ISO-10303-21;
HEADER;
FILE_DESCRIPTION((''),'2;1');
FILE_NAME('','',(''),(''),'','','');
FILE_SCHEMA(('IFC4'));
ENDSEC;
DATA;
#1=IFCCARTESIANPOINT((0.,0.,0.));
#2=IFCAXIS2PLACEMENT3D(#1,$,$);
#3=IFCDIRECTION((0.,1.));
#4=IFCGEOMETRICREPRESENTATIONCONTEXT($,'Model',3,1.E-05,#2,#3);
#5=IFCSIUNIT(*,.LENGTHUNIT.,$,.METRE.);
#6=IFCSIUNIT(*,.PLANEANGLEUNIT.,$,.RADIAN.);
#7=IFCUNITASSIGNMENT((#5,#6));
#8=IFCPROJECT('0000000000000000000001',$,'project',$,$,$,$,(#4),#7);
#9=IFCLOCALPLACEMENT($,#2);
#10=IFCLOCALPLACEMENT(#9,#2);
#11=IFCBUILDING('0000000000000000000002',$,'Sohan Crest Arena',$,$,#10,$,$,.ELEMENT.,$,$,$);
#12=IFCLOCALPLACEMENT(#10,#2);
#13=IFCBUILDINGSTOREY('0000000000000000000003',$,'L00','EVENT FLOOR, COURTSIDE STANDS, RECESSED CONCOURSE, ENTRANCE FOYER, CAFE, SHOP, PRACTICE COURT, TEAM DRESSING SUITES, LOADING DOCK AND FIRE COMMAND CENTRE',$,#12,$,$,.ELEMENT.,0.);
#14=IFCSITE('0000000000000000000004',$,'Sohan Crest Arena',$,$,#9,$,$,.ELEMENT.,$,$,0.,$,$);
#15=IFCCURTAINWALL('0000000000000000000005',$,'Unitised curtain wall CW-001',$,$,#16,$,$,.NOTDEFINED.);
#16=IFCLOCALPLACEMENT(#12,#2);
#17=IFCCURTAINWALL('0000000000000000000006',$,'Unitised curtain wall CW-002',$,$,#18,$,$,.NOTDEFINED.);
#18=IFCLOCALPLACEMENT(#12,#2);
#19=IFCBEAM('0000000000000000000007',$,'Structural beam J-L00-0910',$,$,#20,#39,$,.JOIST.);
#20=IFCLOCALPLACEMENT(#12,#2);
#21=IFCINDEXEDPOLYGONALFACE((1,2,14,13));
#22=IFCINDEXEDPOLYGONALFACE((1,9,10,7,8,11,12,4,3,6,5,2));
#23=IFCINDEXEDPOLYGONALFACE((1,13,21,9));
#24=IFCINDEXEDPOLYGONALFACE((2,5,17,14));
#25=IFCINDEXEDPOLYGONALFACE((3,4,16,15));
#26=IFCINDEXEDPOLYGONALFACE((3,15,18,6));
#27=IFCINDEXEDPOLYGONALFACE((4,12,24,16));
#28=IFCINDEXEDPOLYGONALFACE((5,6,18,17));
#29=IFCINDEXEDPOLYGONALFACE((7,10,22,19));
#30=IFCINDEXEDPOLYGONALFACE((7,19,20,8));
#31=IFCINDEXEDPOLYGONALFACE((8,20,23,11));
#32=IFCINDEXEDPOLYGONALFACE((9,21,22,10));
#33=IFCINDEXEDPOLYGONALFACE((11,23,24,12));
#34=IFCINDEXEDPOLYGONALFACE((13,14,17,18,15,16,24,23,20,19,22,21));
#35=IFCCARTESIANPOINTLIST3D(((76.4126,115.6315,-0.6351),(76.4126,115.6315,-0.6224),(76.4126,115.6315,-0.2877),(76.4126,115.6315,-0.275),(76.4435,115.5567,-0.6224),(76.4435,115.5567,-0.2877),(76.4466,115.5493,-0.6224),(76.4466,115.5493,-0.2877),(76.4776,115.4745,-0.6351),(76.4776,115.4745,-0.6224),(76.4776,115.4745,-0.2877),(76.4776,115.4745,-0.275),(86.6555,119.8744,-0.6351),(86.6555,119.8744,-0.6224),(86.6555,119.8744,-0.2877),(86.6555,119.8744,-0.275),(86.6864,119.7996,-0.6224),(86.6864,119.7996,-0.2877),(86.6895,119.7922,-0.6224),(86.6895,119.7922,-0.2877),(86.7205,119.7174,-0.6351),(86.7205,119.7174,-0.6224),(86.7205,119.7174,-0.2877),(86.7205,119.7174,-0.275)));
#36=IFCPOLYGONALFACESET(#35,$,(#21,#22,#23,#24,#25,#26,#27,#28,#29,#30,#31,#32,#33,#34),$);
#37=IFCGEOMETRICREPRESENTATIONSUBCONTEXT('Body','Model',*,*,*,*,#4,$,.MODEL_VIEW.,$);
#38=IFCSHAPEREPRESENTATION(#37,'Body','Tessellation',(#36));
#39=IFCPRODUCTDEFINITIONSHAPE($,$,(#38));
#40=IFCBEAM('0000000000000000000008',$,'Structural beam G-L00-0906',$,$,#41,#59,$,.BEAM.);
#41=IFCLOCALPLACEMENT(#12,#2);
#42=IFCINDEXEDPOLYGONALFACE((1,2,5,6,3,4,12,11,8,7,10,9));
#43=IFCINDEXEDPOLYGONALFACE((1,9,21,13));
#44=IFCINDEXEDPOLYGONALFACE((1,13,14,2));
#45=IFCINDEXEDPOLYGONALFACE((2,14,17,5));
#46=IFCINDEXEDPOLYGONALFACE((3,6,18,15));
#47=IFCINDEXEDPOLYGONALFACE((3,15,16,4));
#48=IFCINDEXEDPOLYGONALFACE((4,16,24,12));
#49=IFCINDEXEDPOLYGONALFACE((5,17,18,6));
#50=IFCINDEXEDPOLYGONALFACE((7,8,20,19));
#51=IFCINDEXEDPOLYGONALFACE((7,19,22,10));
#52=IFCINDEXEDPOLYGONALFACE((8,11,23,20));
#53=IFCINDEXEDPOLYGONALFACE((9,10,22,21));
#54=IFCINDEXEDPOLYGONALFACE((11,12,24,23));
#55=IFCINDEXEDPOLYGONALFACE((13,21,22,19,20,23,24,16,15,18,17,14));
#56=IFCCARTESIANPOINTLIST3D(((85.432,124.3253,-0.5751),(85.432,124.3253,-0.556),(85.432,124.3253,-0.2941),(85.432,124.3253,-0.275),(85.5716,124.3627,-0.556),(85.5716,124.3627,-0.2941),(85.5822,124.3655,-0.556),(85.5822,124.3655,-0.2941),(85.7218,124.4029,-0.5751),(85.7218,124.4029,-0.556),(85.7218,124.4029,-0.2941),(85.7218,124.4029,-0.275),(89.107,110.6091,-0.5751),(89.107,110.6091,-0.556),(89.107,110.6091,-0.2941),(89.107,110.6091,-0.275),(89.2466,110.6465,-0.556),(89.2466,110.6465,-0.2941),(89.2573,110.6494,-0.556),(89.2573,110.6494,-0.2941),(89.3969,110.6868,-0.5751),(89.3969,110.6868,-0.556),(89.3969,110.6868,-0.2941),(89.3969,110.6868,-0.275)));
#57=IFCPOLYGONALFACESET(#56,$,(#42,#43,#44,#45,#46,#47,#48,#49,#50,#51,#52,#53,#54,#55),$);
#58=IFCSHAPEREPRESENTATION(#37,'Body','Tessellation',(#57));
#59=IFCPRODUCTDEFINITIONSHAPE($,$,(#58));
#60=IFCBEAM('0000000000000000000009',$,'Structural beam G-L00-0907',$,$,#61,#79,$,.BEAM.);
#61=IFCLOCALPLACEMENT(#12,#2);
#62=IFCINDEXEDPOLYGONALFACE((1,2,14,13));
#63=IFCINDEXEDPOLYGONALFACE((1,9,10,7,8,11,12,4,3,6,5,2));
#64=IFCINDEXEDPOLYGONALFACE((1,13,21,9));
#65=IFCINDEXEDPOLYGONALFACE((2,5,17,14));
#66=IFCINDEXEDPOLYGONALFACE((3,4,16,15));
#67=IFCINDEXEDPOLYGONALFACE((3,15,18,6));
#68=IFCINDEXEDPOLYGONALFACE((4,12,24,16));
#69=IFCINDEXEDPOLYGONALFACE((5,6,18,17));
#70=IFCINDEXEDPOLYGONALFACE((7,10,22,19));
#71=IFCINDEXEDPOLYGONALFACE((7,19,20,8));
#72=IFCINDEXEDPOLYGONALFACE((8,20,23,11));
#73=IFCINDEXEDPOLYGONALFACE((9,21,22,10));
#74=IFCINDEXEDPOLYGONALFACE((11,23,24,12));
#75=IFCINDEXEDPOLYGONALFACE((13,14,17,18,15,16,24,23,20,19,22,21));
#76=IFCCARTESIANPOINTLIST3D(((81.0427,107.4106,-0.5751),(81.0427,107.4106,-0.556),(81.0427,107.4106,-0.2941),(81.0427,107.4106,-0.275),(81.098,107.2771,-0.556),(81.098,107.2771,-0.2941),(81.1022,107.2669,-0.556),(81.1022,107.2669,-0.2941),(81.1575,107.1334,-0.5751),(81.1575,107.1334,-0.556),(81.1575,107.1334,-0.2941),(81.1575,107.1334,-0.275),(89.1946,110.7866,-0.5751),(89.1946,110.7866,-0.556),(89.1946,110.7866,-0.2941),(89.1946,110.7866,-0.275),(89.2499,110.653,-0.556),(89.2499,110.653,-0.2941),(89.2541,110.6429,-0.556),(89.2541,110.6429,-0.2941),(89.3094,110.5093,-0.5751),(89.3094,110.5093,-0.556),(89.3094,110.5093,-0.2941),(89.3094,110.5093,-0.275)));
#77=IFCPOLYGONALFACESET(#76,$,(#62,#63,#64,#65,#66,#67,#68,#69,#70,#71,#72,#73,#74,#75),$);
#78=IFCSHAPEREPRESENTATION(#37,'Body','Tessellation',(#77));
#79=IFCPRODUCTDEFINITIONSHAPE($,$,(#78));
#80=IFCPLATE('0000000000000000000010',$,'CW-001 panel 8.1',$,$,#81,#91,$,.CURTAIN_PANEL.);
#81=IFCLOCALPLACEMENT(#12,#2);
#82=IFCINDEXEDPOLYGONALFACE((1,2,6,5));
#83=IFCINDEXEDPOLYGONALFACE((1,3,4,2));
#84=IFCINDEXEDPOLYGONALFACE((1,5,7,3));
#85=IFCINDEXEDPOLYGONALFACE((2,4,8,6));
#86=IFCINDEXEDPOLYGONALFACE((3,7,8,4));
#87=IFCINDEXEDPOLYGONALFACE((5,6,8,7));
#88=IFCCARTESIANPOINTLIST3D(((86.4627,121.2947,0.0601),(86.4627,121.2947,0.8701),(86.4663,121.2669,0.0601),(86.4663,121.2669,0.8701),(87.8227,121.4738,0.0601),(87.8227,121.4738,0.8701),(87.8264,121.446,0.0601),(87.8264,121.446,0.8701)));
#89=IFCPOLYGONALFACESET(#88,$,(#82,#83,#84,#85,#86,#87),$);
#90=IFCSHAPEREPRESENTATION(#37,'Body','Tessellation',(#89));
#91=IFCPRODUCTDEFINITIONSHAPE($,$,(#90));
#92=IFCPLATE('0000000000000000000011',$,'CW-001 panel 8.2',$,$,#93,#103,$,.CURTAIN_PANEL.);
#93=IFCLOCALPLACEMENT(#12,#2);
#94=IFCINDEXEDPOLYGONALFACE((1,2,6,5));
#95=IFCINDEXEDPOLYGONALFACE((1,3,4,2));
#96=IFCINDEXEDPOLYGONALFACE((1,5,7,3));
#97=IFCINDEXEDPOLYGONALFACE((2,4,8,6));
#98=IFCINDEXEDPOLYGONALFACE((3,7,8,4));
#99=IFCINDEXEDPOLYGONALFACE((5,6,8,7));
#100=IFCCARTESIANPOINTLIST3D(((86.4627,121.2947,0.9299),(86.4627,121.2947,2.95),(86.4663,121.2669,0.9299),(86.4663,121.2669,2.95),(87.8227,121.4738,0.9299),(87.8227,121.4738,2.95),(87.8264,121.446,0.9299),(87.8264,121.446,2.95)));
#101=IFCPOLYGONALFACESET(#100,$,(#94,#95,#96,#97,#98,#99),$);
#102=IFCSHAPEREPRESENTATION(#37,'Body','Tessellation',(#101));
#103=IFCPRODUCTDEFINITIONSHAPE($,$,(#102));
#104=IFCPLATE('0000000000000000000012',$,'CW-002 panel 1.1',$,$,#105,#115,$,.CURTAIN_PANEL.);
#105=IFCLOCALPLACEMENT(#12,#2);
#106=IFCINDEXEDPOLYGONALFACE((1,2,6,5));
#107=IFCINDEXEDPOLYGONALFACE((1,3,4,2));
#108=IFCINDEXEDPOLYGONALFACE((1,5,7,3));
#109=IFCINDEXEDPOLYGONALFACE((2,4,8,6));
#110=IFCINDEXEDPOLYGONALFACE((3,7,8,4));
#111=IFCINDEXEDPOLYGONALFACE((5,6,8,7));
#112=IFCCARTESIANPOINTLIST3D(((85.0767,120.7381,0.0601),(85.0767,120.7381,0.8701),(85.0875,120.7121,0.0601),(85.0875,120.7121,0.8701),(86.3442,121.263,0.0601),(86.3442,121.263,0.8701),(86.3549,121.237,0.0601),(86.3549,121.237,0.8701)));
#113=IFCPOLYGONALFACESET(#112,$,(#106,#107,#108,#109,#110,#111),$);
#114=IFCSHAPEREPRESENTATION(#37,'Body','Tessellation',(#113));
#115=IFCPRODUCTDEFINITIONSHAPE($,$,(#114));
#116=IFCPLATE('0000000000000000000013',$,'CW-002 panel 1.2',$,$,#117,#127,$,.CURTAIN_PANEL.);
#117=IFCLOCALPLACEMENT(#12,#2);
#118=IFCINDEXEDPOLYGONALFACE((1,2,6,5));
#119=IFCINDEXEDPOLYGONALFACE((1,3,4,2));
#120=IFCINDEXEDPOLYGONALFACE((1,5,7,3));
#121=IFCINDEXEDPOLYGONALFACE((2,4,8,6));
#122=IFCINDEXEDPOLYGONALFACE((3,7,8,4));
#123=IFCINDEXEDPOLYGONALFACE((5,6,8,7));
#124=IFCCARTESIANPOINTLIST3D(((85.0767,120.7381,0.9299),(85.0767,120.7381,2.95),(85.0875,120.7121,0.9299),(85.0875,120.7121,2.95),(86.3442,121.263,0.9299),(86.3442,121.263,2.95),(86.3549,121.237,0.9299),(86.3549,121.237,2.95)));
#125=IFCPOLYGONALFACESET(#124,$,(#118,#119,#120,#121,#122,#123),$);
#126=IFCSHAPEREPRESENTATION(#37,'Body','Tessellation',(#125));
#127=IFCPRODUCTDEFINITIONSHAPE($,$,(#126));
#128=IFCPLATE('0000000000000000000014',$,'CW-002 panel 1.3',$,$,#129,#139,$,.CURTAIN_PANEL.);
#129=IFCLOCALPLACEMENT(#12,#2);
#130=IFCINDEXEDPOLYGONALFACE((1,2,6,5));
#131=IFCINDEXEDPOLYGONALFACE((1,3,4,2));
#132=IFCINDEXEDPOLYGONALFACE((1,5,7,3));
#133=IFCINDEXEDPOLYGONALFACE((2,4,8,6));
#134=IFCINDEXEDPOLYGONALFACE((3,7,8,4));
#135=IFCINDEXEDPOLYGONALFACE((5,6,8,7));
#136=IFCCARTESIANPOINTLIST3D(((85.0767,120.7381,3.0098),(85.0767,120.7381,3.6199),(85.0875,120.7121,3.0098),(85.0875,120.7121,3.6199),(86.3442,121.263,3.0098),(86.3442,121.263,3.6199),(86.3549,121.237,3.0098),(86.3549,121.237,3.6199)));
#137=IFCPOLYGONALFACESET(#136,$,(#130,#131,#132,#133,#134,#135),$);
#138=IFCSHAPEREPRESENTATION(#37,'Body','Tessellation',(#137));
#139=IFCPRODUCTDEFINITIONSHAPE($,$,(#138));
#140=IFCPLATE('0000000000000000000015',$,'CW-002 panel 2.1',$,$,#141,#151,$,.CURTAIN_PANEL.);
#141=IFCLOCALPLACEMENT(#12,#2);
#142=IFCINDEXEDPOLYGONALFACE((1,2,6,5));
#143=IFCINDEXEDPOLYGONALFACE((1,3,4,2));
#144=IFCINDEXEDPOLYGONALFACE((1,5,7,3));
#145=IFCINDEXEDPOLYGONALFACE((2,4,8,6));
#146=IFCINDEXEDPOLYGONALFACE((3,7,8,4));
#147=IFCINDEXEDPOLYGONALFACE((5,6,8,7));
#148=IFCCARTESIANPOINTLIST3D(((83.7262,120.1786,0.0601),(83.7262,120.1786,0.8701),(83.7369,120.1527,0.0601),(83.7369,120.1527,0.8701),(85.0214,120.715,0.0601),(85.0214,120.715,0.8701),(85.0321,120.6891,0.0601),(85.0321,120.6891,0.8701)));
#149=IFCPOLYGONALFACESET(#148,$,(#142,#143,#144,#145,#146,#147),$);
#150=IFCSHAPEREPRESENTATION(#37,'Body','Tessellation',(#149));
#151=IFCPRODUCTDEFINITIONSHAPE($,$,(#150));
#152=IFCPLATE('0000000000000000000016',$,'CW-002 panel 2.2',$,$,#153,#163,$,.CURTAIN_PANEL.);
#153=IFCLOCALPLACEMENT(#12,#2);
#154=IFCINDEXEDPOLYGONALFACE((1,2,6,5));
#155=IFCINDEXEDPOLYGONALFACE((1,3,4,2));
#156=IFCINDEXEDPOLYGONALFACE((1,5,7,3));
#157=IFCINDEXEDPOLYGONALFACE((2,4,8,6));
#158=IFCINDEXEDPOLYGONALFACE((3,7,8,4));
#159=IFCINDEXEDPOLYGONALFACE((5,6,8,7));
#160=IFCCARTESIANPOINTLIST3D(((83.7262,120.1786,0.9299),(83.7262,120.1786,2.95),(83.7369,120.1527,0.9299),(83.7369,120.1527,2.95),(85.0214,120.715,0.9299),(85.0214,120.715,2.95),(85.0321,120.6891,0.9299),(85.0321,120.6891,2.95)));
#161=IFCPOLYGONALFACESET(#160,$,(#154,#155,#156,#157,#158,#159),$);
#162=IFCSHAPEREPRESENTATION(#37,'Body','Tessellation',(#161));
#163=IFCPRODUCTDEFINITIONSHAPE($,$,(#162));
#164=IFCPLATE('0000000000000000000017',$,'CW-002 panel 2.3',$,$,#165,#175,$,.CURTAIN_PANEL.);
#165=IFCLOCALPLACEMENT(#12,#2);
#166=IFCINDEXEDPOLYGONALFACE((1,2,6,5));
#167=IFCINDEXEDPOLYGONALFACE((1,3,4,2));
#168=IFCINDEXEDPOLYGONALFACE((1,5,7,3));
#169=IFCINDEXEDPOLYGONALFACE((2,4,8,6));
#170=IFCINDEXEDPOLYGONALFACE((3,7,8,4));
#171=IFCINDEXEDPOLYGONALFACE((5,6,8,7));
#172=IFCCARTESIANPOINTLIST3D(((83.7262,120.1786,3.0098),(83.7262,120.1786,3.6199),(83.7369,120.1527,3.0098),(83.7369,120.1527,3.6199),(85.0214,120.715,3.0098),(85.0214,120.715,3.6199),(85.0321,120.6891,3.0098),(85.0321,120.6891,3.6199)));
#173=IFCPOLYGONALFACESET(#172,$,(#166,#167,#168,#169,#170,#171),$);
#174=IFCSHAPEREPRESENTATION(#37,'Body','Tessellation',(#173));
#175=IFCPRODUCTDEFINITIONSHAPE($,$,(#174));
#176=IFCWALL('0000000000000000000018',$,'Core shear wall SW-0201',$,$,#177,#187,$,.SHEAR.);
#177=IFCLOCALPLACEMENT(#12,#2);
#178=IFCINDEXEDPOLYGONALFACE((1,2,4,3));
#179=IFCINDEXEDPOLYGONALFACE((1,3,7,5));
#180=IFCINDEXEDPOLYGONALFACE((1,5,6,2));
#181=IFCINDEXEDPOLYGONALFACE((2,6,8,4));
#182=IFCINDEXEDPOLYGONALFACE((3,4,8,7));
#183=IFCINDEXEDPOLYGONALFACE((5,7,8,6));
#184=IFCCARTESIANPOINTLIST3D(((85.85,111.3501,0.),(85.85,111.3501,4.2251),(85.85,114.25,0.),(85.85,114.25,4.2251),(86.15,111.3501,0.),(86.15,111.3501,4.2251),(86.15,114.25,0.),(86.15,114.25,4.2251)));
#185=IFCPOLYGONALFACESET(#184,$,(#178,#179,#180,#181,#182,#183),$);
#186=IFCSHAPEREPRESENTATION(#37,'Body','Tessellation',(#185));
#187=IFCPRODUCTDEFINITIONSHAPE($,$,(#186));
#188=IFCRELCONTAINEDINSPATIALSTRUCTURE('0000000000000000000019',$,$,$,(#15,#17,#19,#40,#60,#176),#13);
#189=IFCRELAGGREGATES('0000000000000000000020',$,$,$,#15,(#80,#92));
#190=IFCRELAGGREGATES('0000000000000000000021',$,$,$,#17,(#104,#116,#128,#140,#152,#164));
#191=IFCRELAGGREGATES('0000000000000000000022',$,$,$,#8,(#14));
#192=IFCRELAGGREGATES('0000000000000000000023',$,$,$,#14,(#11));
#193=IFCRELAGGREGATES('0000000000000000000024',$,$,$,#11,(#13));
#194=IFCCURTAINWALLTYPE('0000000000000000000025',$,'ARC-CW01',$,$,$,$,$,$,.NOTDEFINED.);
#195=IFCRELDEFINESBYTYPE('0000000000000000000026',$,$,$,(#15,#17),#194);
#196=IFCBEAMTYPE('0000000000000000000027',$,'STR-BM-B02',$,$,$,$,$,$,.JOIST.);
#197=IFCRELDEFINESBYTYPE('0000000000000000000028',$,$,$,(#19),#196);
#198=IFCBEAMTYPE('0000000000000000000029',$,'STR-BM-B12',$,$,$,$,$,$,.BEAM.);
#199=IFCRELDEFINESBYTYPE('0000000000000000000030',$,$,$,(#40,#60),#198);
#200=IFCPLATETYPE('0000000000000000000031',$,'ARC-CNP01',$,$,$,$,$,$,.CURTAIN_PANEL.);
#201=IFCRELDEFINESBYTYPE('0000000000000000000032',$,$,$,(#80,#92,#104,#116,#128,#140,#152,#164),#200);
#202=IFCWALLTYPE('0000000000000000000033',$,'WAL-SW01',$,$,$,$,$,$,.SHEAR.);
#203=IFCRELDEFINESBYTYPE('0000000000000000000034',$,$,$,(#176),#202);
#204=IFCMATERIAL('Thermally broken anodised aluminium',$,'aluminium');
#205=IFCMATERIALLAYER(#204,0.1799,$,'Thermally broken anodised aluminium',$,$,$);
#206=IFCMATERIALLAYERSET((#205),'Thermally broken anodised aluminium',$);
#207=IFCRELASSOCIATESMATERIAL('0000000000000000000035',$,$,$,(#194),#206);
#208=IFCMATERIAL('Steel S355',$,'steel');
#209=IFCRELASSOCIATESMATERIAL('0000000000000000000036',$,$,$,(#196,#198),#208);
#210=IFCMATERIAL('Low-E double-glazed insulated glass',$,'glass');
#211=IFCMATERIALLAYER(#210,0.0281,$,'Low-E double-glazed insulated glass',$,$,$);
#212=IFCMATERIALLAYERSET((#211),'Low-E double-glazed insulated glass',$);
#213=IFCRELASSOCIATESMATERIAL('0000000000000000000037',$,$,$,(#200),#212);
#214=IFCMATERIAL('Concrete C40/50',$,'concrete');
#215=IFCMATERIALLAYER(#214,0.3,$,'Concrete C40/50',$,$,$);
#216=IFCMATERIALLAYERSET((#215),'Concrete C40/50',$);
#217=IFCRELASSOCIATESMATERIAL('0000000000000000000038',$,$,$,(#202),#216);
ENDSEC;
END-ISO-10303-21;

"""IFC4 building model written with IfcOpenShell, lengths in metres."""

from ifc_helpers import new_model, si_unit, direction, frame, frame_2d, origin, origin_2d, place, context, subcontext, project, spatial, rectangle, i_section, extrude, material, layer, layer_set, material_profile, profile_set, type_object, element, aggregate, save


model = new_model("IFC4")

# Units and contexts
model_context = context("Model", 3, precision=1e-05, world=origin(), true_north=direction((0.0, 1.0)))
body_context = subcontext(model_context, "Body", "Model", "MODEL_VIEW")
ifc_project = project(units=[si_unit("LENGTHUNIT", "METRE"), si_unit("PLANEANGLEUNIT", "RADIAN")], contexts=[model_context])

# Site, building, storey
site_placement = place(None, origin())
site = spatial("IfcSite", under=ifc_project, at=site_placement, Name="Sohan Crest Arena", CompositionType="ELEMENT", RefElevation=0.0)
building_placement = place(site_placement, origin())
building = spatial("IfcBuilding", under=site, at=building_placement, Name="Sohan Crest Arena", CompositionType="ELEMENT")
storey_placement = place(building_placement, origin())
storey = spatial("IfcBuildingStorey", under=building, at=storey_placement, Name="L00", Description="EVENT FLOOR, COURTSIDE STANDS, RECESSED CONCOURSE, ENTRANCE FOYER, CAFE, SHOP, PRACTICE COURT, TEAM DRESSING SUITES, LOADING DOCK AND FIRE COMMAND CENTRE", CompositionType="ELEMENT", Elevation=0.0)

# Shared definitions
ifc_material_1 = material(Name="Steel S355", Category="steel")

# Curtain wall
ifc_material_2 = material(Name="Thermally broken anodised aluminium", Category="aluminium")
ifc_layer_1 = layer(ifc_material_2, 0.1799, Name="Thermally broken anodised aluminium")
ifc_layer_set_1 = layer_set([ifc_layer_1], Name="Thermally broken anodised aluminium")
curtain_wall_type = type_object("IfcCurtainWallType", Name="ARC-CW01", PredefinedType="NOTDEFINED", material=ifc_layer_set_1)
curtain_wall_1_placement = place(storey_placement, origin())
curtain_wall_1 = element("IfcCurtainWall", 1, at=curtain_wall_1_placement, inside=storey, type_object=curtain_wall_type, Name="Unitised curtain wall CW-001", PredefinedType="NOTDEFINED")

# Curtain wall
curtain_wall_2_placement = place(storey_placement, origin())
curtain_wall_2 = element("IfcCurtainWall", 2, at=curtain_wall_2_placement, inside=storey, type_object=curtain_wall_type, Name="Unitised curtain wall CW-002", PredefinedType="NOTDEFINED")

# Beams
ifc_material_profile_1 = material_profile(ifc_material_1, i_section(OverallWidth=0.1699, OverallDepth=0.3601, WebThickness=0.0081, FlangeThickness=0.0127, at=origin_2d()), Name="IPE 360")
ifc_profile_set_1 = profile_set([ifc_material_profile_1], Name="Steel S355")
beam_type_1 = type_object("IfcBeamType", Name="STR-BM-B02", PredefinedType="JOIST", material=ifc_profile_set_1)
beam_1_placement = place(storey_placement, frame((86.688, 119.7959, -0.4551), z_axis=(-0.923874, -0.382696, 0.0), x_axis=(0.382696, -0.923874, 0.0)))
element("IfcBeam", 3, at=beam_1_placement, inside=storey, type_object=beam_type_1, Name="Structural beam J-L00-0910", PredefinedType="JOIST", context=body_context, shape_type="SweptSolid", body=[
    extrude(i_section(OverallWidth=0.1699, OverallDepth=0.3601, WebThickness=0.0081, FlangeThickness=0.0127, at=origin_2d()), origin(), (0.0, 0.0, 1.0), 11.0869),
])
ifc_material_profile_2 = material_profile(ifc_material_1, i_section(OverallWidth=0.3, OverallDepth=0.3, WebThickness=0.011, FlangeThickness=0.019, at=origin_2d()), Name="HEB 300")
ifc_profile_set_2 = profile_set([ifc_material_profile_2], Name="Steel S355")
beam_type_2 = type_object("IfcBeamType", Name="STR-BM-B12", PredefinedType="BEAM", material=ifc_profile_set_2)
beam_2_placement = place(storey_placement, frame((89.252, 110.6479, -0.425), z_axis=(-0.258809, 0.965929, 0.0), x_axis=(-0.965929, -0.258809, 0.0)))
element("IfcBeam", 4, at=beam_2_placement, inside=storey, type_object=beam_type_2, Name="Structural beam G-L00-0906", PredefinedType="BEAM", context=body_context, shape_type="SweptSolid", body=[
    extrude(i_section(OverallWidth=0.3, OverallDepth=0.3, WebThickness=0.011, FlangeThickness=0.019, at=origin_2d()), origin(), (0.0, 0.0, 1.0), 14.2),
])
beam_3_placement = place(storey_placement, frame((89.252, 110.6479, -0.425), z_axis=(-0.923905, -0.382622, 0.0), x_axis=(0.382622, -0.923905, 0.0)))
element("IfcBeam", 5, at=beam_3_placement, inside=storey, type_object=beam_type_2, Name="Structural beam G-L00-0907", PredefinedType="BEAM", context=body_context, shape_type="SweptSolid", body=[
    extrude(i_section(OverallWidth=0.3, OverallDepth=0.3, WebThickness=0.011, FlangeThickness=0.019, at=origin_2d()), origin(), (0.0, 0.0, 1.0), 8.8232),
])

# Plates
ifc_material_3 = material(Name="Low-E double-glazed insulated glass", Category="glass")
ifc_layer_2 = layer(ifc_material_3, 0.0281, Name="Low-E double-glazed insulated glass")
ifc_layer_set_2 = layer_set([ifc_layer_2], Name="Low-E double-glazed insulated glass")
plate_type = type_object("IfcPlateType", Name="ARC-CNP01", PredefinedType="CURTAIN_PANEL", material=ifc_layer_set_2)
plate_1_placement = place(storey_placement, frame((87.1445, 121.3704, 0.0601), z_axis=(0.0, 0.0, 1.0), x_axis=(-0.991439, -0.130567, 0.0)))
plate_1 = element("IfcPlate", 6, at=plate_1_placement, type_object=plate_type, Name="CW-001 panel 8.1", PredefinedType="CURTAIN_PANEL", context=body_context, shape_type="SweptSolid", body=[
    extrude(rectangle(XDim=1.3718, YDim=0.0281, at=origin_2d()), origin(), (0.0, 0.0, 1.0), 0.8101),
])
plate_2_placement = place(storey_placement, frame((87.1445, 121.3704, 0.9299), z_axis=(0.0, 0.0, 1.0), x_axis=(-0.991439, -0.130567, 0.0)))
plate_2 = element("IfcPlate", 7, at=plate_2_placement, type_object=plate_type, Name="CW-001 panel 8.2", PredefinedType="CURTAIN_PANEL", context=body_context, shape_type="SweptSolid", body=[
    extrude(rectangle(XDim=1.3718, YDim=0.0281, at=origin_2d()), origin(), (0.0, 0.0, 1.0), 2.02),
])
aggregate(curtain_wall_1, [plate_1, plate_2])
plate_3_placement = place(storey_placement, frame((85.7158, 120.9875, 0.0601), z_axis=(0.0, 0.0, 1.0), x_axis=(-0.923897, -0.382641, 0.0)))
plate_3 = element("IfcPlate", 8, at=plate_3_placement, type_object=plate_type, Name="CW-002 panel 1.1", PredefinedType="CURTAIN_PANEL", context=body_context, shape_type="SweptSolid", body=[
    extrude(rectangle(XDim=1.3718, YDim=0.0281, at=origin_2d()), origin(), (0.0, 0.0, 1.0), 0.8101),
])
plate_4_placement = place(storey_placement, frame((85.7158, 120.9875, 0.9299), z_axis=(0.0, 0.0, 1.0), x_axis=(-0.923897, -0.382641, 0.0)))
plate_4 = element("IfcPlate", 9, at=plate_4_placement, type_object=plate_type, Name="CW-002 panel 1.2", PredefinedType="CURTAIN_PANEL", context=body_context, shape_type="SweptSolid", body=[
    extrude(rectangle(XDim=1.3718, YDim=0.0281, at=origin_2d()), origin(), (0.0, 0.0, 1.0), 2.02),
])
plate_5_placement = place(storey_placement, frame((85.7158, 120.9875, 3.0098), z_axis=(0.0, 0.0, 1.0), x_axis=(-0.923897, -0.382641, 0.0)))
plate_5 = element("IfcPlate", 10, at=plate_5_placement, type_object=plate_type, Name="CW-002 panel 1.3", PredefinedType="CURTAIN_PANEL", context=body_context, shape_type="SweptSolid", body=[
    extrude(rectangle(XDim=1.3718, YDim=0.0281, at=origin_2d()), origin(), (0.0, 0.0, 1.0), 0.6101),
])
plate_6_placement = place(storey_placement, frame((84.3792, 120.4338, 0.0601), z_axis=(0.0, 0.0, 1.0), x_axis=(-0.923897, -0.382641, 0.0)))
plate_6 = element("IfcPlate", 11, at=plate_6_placement, type_object=plate_type, Name="CW-002 panel 2.1", PredefinedType="CURTAIN_PANEL", context=body_context, shape_type="SweptSolid", body=[
    extrude(rectangle(XDim=1.4019, YDim=0.0281, at=origin_2d()), origin(), (0.0, 0.0, 1.0), 0.8101),
])
plate_7_placement = place(storey_placement, frame((84.3792, 120.4338, 0.9299), z_axis=(0.0, 0.0, 1.0), x_axis=(-0.923897, -0.382641, 0.0)))
plate_7 = element("IfcPlate", 12, at=plate_7_placement, type_object=plate_type, Name="CW-002 panel 2.2", PredefinedType="CURTAIN_PANEL", context=body_context, shape_type="SweptSolid", body=[
    extrude(rectangle(XDim=1.4019, YDim=0.0281, at=origin_2d()), origin(), (0.0, 0.0, 1.0), 2.02),
])
plate_8_placement = place(storey_placement, frame((84.3792, 120.4338, 3.0098), z_axis=(0.0, 0.0, 1.0), x_axis=(-0.923897, -0.382641, 0.0)))
plate_8 = element("IfcPlate", 13, at=plate_8_placement, type_object=plate_type, Name="CW-002 panel 2.3", PredefinedType="CURTAIN_PANEL", context=body_context, shape_type="SweptSolid", body=[
    extrude(rectangle(XDim=1.4019, YDim=0.0281, at=origin_2d()), origin(), (0.0, 0.0, 1.0), 0.6101),
])
aggregate(curtain_wall_2, [plate_3, plate_4, plate_5, plate_6, plate_7, plate_8])

# Wall
ifc_material_4 = material(Name="Concrete C40/50", Category="concrete")
ifc_layer_3 = layer(ifc_material_4, 0.3, Name="Concrete C40/50")
ifc_layer_set_3 = layer_set([ifc_layer_3], Name="Concrete C40/50")
wall_type = type_object("IfcWallType", Name="WAL-SW01", PredefinedType="SHEAR", material=ifc_layer_set_3)
wall_1_placement = place(storey_placement, frame((86.0, 111.3501, 0.0), z_axis=(0.0, 0.0, 1.0), x_axis=(0.0, 1.0, 0.0)))
element("IfcWall", 14, at=wall_1_placement, inside=storey, type_object=wall_type, Name="Core shear wall SW-0201", PredefinedType="SHEAR", context=body_context, shape_type="SweptSolid", body=[
    extrude(rectangle(XDim=2.8999, YDim=0.3, at=frame_2d((1.45, 0.0))), origin(), (0.0, 0.0, 1.0), 4.2251),
])

save(model, "model.ifc")
